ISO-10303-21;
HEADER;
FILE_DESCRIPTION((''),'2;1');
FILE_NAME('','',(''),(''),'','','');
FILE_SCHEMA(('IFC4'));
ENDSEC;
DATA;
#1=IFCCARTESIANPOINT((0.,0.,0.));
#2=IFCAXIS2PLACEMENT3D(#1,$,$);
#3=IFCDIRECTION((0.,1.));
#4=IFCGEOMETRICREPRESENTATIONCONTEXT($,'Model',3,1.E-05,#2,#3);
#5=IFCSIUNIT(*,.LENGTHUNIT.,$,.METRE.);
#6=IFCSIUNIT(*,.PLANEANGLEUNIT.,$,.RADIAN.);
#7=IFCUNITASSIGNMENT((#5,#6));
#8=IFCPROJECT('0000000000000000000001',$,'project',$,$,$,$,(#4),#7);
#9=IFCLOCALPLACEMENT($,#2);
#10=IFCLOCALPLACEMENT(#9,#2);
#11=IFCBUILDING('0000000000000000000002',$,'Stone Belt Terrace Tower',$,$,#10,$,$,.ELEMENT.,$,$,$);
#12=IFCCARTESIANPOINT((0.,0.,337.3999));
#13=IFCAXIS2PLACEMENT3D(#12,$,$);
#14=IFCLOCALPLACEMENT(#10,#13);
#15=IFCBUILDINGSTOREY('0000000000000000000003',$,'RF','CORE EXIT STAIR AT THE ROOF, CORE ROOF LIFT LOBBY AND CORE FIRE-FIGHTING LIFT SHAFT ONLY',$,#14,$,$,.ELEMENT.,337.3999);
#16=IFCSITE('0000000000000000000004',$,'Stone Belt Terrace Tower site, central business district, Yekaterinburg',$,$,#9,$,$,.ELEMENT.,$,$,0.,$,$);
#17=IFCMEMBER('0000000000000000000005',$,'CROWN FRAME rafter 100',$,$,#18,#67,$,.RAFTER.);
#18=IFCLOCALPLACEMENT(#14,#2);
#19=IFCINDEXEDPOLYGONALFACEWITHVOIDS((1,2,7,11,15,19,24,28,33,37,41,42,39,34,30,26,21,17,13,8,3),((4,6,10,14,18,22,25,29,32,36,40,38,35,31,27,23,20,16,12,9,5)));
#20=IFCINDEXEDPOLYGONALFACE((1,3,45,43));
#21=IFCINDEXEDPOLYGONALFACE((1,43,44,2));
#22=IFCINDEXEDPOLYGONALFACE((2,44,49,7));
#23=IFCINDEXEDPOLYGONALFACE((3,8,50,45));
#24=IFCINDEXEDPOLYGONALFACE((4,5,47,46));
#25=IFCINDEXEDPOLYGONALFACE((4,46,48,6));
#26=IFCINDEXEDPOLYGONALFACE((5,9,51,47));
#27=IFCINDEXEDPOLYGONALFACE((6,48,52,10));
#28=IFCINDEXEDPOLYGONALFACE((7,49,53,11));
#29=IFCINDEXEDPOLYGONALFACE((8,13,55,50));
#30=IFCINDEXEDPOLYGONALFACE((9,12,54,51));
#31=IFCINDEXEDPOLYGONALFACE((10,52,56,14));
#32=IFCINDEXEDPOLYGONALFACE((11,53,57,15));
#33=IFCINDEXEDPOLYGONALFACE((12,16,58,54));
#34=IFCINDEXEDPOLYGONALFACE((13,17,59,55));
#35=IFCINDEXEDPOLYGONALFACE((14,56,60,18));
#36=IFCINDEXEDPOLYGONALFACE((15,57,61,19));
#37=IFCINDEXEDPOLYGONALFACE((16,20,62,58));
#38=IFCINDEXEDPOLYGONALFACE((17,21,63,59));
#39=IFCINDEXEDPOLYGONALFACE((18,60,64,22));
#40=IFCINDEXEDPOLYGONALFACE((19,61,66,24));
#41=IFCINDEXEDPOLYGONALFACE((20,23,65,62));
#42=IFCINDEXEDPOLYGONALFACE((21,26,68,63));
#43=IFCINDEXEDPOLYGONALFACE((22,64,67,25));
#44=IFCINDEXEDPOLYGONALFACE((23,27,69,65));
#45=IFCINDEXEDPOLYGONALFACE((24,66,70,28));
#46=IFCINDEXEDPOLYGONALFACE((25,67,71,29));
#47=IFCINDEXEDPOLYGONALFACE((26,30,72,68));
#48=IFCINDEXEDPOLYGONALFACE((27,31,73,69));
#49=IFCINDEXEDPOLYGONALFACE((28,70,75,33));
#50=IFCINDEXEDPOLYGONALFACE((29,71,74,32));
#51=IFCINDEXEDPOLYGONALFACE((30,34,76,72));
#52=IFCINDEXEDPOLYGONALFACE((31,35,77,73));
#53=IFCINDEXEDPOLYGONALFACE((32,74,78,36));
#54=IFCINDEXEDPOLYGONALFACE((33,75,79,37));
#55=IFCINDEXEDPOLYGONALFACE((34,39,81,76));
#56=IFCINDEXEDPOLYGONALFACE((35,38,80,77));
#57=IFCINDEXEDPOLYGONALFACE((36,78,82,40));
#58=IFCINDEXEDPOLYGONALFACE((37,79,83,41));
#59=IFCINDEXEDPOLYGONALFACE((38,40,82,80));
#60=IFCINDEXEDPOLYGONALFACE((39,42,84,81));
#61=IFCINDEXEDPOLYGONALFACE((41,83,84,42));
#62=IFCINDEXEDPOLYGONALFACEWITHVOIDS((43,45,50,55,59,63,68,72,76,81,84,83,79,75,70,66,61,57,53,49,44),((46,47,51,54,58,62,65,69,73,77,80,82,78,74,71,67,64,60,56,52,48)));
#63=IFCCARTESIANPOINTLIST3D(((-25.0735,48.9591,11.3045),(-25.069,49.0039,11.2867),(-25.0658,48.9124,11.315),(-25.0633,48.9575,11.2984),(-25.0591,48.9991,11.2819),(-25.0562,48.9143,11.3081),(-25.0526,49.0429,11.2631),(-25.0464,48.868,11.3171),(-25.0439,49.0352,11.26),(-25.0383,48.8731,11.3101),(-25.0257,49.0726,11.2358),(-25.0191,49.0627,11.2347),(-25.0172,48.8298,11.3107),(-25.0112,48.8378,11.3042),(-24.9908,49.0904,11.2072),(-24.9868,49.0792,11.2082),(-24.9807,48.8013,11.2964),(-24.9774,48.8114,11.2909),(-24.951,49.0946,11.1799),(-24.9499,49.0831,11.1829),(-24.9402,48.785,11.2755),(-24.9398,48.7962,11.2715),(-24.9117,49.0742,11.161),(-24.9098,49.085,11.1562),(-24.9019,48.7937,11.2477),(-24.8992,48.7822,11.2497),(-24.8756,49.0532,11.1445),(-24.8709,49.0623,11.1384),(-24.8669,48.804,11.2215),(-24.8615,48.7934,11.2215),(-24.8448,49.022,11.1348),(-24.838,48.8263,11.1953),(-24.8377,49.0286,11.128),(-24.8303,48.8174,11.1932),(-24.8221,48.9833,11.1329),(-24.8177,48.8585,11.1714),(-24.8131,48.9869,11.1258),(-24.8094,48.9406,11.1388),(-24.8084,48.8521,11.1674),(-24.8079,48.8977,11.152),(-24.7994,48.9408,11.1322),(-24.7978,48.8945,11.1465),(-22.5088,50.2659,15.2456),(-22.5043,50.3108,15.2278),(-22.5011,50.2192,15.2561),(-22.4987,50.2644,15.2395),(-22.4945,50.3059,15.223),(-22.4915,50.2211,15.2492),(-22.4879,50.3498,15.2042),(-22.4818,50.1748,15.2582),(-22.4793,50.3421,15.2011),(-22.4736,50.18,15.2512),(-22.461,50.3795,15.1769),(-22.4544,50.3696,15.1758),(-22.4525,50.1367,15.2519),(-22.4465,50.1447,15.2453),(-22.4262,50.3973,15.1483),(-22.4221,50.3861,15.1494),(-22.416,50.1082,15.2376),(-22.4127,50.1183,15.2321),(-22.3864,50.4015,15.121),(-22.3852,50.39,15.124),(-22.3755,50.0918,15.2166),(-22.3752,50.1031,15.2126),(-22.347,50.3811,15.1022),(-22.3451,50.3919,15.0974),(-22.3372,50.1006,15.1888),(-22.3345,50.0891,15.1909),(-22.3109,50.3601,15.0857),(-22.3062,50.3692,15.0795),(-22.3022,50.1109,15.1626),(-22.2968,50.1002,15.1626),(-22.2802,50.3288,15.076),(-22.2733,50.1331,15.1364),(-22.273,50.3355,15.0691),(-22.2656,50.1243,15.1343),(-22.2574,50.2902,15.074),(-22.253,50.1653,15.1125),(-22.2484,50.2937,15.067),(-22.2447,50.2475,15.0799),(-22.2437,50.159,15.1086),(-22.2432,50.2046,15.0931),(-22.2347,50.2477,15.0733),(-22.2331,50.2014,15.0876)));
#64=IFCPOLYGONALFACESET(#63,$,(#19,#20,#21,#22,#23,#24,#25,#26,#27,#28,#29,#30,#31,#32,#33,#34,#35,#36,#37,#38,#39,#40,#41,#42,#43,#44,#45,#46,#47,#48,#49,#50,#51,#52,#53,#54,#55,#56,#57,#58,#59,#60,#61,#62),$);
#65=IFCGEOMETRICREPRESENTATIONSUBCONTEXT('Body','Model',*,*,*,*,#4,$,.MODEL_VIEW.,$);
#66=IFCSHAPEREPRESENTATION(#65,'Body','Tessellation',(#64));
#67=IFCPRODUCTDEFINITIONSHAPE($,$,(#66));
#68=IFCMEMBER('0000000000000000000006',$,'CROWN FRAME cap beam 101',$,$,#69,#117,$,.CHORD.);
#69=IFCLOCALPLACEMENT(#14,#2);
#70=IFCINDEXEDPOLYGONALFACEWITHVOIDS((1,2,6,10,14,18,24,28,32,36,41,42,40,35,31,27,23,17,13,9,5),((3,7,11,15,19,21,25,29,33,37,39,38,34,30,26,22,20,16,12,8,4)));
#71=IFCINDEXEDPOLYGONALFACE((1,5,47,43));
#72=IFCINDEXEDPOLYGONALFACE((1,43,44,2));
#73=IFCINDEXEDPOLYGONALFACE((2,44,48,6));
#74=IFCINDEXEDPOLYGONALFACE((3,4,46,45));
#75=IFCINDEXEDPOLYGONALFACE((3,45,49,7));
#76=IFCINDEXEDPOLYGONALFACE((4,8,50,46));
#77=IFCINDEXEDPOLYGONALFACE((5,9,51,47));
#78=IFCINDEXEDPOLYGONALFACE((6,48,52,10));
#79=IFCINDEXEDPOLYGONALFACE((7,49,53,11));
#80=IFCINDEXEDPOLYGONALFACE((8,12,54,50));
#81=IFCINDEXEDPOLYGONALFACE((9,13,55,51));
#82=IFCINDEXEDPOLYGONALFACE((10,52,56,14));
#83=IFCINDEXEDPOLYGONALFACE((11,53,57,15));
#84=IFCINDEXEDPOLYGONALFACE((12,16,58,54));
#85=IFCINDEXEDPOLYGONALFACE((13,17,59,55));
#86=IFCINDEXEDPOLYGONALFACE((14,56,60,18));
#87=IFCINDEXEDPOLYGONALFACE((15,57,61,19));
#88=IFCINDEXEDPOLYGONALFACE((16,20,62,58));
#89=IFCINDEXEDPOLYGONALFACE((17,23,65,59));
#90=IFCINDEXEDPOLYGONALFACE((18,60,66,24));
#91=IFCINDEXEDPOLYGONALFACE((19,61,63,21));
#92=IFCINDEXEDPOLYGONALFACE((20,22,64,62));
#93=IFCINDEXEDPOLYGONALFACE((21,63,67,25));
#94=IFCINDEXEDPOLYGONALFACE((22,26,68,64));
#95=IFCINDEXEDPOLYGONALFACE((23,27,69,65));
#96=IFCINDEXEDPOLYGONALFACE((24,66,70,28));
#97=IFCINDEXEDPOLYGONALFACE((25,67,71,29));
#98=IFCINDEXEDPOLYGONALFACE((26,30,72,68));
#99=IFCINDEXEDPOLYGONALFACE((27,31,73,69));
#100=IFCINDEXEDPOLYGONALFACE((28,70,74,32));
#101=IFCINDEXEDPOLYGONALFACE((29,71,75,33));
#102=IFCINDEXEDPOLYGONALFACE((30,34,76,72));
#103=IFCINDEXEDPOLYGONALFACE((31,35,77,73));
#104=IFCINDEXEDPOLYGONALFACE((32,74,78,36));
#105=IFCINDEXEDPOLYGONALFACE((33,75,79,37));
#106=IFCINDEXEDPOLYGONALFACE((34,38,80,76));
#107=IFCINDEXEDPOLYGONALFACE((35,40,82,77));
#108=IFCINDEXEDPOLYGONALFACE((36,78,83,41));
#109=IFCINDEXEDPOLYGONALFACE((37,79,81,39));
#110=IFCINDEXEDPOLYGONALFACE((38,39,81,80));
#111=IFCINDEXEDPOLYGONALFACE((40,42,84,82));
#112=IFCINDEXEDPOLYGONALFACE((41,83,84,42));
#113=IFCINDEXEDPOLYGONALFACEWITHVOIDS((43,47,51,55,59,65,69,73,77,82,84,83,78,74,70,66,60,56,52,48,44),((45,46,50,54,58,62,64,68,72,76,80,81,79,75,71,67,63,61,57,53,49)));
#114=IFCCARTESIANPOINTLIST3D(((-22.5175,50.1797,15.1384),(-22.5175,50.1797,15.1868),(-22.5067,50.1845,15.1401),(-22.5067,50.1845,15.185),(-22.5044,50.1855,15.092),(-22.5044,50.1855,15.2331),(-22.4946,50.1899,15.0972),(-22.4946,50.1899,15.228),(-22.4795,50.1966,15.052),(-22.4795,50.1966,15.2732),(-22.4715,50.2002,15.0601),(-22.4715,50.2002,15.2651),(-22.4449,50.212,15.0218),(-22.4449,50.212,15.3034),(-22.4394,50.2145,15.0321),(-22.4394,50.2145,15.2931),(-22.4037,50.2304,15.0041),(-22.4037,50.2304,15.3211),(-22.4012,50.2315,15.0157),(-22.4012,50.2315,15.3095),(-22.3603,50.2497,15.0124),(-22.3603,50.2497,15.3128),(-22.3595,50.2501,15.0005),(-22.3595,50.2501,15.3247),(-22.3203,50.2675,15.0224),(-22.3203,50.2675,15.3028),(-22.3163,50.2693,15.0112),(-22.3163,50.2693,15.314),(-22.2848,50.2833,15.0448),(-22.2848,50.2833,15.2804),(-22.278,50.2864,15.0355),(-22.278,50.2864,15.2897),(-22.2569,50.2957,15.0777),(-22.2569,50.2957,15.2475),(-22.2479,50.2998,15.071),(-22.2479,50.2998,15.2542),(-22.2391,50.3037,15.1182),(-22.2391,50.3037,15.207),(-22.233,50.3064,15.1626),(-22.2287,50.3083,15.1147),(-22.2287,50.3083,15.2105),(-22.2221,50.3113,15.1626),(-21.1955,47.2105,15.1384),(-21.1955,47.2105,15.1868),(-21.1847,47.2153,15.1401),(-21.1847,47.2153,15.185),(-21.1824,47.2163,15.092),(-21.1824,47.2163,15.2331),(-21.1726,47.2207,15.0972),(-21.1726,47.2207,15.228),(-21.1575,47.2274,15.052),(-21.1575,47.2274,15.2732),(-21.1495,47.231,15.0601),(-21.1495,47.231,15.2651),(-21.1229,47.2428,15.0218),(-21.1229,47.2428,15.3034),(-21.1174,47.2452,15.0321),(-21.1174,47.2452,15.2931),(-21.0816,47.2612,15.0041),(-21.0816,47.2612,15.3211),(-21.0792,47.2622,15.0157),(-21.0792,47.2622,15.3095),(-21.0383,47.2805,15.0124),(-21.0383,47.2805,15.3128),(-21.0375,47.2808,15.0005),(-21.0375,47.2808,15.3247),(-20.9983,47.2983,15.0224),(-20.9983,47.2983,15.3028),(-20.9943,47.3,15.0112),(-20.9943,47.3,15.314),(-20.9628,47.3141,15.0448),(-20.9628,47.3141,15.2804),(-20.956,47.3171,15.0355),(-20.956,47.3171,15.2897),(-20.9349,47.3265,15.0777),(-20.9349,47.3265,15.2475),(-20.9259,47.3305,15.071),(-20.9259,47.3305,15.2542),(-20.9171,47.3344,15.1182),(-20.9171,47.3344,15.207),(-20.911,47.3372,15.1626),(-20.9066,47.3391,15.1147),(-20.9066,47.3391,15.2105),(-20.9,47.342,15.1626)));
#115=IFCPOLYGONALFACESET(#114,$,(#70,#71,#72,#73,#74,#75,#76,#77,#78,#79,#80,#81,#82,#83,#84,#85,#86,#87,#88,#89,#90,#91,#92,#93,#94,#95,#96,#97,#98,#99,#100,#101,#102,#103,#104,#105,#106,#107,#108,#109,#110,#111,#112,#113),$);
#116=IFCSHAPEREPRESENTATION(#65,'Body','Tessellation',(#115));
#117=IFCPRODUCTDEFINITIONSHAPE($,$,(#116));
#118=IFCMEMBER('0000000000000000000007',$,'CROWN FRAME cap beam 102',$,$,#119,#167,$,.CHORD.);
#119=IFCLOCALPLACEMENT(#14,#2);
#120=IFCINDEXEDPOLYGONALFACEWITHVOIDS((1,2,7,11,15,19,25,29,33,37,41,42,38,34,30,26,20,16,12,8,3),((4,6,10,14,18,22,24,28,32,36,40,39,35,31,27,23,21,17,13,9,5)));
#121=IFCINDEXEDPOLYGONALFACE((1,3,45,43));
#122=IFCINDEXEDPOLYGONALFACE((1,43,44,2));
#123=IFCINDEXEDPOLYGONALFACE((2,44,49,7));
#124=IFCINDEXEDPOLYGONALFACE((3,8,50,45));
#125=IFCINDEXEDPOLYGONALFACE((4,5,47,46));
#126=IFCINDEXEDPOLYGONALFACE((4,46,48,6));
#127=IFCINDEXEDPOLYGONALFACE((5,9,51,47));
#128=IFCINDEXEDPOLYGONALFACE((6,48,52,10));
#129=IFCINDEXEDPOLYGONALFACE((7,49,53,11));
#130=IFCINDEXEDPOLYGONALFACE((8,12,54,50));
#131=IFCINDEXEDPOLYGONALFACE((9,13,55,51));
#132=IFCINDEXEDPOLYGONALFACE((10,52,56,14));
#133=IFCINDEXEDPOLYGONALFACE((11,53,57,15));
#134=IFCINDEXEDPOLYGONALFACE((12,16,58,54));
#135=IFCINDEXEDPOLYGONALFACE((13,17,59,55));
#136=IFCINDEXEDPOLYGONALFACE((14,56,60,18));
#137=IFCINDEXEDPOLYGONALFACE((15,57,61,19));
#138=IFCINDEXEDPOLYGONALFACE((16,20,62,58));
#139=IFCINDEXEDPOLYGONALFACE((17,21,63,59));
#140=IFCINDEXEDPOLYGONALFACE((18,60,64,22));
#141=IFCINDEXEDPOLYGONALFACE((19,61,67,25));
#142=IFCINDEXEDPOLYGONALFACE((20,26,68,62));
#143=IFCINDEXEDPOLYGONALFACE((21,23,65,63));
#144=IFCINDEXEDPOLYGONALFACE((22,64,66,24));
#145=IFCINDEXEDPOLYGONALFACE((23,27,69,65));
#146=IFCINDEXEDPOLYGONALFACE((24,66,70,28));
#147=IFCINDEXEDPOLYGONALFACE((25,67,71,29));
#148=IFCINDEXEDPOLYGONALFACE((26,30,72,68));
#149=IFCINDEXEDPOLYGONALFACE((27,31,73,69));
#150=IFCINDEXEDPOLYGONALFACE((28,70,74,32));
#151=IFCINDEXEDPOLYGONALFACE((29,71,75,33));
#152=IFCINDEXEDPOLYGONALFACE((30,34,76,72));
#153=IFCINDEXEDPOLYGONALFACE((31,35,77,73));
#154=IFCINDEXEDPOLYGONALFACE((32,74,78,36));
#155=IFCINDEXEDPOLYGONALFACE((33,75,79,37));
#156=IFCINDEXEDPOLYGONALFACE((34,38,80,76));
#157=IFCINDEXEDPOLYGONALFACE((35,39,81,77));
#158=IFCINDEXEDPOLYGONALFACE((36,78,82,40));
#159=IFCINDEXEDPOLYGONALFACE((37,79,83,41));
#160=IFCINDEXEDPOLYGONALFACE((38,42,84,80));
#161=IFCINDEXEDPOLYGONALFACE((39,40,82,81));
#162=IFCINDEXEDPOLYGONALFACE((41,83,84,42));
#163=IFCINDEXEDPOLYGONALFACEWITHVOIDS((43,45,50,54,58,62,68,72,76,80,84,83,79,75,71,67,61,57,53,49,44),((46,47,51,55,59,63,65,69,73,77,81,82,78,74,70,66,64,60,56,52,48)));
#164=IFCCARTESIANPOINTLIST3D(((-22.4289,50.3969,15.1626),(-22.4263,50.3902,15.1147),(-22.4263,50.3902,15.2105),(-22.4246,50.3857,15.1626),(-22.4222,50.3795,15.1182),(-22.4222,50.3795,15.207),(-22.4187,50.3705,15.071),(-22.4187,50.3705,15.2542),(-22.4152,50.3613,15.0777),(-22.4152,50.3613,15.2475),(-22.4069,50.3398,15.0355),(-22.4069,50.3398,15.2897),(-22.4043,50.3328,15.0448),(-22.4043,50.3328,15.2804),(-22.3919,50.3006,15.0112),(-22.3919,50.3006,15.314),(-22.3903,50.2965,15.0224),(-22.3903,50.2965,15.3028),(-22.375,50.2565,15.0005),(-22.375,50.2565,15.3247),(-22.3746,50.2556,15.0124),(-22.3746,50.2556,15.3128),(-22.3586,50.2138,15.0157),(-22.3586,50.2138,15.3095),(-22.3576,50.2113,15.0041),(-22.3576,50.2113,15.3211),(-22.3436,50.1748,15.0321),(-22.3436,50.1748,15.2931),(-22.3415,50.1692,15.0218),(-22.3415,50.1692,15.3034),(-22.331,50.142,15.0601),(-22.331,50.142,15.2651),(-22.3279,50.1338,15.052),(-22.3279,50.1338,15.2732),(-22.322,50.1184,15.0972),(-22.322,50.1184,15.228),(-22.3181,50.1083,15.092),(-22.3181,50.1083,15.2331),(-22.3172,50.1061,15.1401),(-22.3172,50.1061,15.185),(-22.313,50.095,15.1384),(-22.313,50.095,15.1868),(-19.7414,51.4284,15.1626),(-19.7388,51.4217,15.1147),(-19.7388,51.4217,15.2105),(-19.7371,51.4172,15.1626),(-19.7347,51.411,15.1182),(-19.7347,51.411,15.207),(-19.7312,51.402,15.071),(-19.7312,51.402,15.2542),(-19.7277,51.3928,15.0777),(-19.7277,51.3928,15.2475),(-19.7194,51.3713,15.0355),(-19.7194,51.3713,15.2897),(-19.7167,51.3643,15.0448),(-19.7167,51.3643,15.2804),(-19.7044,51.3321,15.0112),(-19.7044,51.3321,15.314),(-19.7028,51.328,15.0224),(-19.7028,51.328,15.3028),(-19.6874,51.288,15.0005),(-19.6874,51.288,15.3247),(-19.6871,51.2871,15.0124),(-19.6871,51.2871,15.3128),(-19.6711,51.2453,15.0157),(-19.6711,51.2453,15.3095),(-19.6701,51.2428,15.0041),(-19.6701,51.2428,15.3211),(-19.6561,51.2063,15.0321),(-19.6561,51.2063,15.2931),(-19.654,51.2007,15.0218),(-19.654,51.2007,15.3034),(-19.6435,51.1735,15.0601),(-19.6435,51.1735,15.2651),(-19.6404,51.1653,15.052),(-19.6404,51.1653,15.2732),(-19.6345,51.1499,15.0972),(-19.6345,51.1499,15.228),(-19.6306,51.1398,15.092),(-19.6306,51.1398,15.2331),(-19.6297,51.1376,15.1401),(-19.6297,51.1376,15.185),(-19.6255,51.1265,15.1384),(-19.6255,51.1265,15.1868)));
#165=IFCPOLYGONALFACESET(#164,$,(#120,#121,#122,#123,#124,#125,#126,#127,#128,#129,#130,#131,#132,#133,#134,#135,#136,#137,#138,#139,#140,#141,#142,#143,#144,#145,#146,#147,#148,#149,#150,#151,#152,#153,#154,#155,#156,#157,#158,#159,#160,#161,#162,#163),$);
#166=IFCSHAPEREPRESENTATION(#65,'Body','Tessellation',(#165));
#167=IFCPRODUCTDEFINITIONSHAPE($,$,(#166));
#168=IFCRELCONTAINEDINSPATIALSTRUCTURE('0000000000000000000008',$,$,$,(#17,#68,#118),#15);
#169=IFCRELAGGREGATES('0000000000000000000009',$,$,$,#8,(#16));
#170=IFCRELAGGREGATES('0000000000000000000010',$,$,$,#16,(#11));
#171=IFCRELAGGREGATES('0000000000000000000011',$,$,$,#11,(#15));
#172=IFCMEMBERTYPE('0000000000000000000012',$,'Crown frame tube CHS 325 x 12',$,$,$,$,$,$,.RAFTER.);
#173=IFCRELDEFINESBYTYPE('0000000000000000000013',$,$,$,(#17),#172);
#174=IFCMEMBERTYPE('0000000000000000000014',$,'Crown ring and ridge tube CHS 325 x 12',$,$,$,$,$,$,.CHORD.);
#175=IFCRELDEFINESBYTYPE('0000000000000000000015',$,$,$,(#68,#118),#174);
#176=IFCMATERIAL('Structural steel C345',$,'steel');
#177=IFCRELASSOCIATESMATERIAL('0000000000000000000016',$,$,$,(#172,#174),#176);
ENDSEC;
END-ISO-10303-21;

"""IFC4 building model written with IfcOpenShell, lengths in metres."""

from ifc_helpers import new_model, si_unit, direction, frame, origin, origin_2d, place, context, subcontext, project, spatial, hollow_circle, extrude, material, material_profile, profile_set, type_object, element, save


model = new_model("IFC4")

# Units and contexts
model_context = context("Model", 3, precision=1e-05, world=origin(), true_north=direction((0.0, 1.0)))
body_context = subcontext(model_context, "Body", "Model", "MODEL_VIEW")
ifc_project = project(units=[si_unit("LENGTHUNIT", "METRE"), si_unit("PLANEANGLEUNIT", "RADIAN")], contexts=[model_context])

# Site, building, storey
site_placement = place(None, origin())
site = spatial("IfcSite", under=ifc_project, at=site_placement, Name="Stone Belt Terrace Tower site, central business district, Yekaterinburg", CompositionType="ELEMENT", RefElevation=0.0)
building_placement = place(site_placement, origin())
building = spatial("IfcBuilding", under=site, at=building_placement, Name="Stone Belt Terrace Tower", CompositionType="ELEMENT")
storey_placement = place(building_placement, frame((0.0, 0.0, 337.3999)))
storey = spatial("IfcBuildingStorey", under=building, at=storey_placement, Name="RF", Description="CORE EXIT STAIR AT THE ROOF, CORE ROOF LIFT LOBBY AND CORE FIRE-FIGHTING LIFT SHAFT ONLY", CompositionType="ELEMENT", Elevation=337.3999)

# Members
ifc_material_1 = material(Name="Structural steel C345", Category="steel")
ifc_material_profile_1 = material_profile(ifc_material_1, hollow_circle(Radius=0.1626, WallThickness=0.012, at=origin_2d()), Name="Structural steel C345 CHS 325x12")
ifc_profile_set_1 = profile_set([ifc_material_profile_1], Name="Structural steel C345")
member_type_1 = type_object("IfcMemberType", Name="Crown frame tube CHS 325 x 12", PredefinedType="RAFTER", material=ifc_profile_set_1)
member_1_placement = place(storey_placement, frame((-22.3706, 50.2451, 15.1626), z_axis=(-0.525509, -0.267782, -0.807548), x_axis=(0.45402, -0.890992, 0.0)))
element("IfcMember", 1, at=member_1_placement, inside=storey, type_object=member_type_1, Name="CROWN FRAME rafter 100", PredefinedType="RAFTER", context=body_context, shape_type="SweptSolid", body=[
    extrude(hollow_circle(Radius=0.1626, WallThickness=0.012, at=origin_2d()), origin(), (0.0, 0.0, 1.0), 4.8804),
])
ifc_material_profile_2 = material_profile(ifc_material_1, hollow_circle(Radius=0.1626, WallThickness=0.012, at=origin_2d()), Name="Structural steel C345 CHS 325x12")
ifc_profile_set_2 = profile_set([ifc_material_profile_2], Name="Structural steel C345")
member_type_2 = type_object("IfcMemberType", Name="Crown ring and ridge tube CHS 325 x 12", PredefinedType="CHORD", material=ifc_profile_set_2)
member_2_placement = place(storey_placement, frame((-22.3706, 50.2451, 15.1626), z_axis=(0.406745, -0.913542, 0.0), x_axis=(0.913542, 0.406745, 0.0)))
element("IfcMember", 2, at=member_2_placement, inside=storey, type_object=member_type_2, Name="CROWN FRAME cap beam 101", PredefinedType="CHORD", context=body_context, shape_type="SweptSolid", body=[
    extrude(hollow_circle(Radius=0.1626, WallThickness=0.012, at=origin_2d()), origin(), (0.0, 0.0, 1.0), 3.2502),
])
member_3_placement = place(storey_placement, frame((-22.3706, 50.2451, 15.1626), z_axis=(0.933597, 0.358325, 0.0), x_axis=(-0.358325, 0.933597, 0.0)))
element("IfcMember", 3, at=member_3_placement, inside=storey, type_object=member_type_2, Name="CROWN FRAME cap beam 102", PredefinedType="CHORD", context=body_context, shape_type="SweptSolid", body=[
    extrude(hollow_circle(Radius=0.1626, WallThickness=0.012, at=origin_2d()), origin(), (0.0, 0.0, 1.0), 2.8787),
])

save(model, "model.ifc")
